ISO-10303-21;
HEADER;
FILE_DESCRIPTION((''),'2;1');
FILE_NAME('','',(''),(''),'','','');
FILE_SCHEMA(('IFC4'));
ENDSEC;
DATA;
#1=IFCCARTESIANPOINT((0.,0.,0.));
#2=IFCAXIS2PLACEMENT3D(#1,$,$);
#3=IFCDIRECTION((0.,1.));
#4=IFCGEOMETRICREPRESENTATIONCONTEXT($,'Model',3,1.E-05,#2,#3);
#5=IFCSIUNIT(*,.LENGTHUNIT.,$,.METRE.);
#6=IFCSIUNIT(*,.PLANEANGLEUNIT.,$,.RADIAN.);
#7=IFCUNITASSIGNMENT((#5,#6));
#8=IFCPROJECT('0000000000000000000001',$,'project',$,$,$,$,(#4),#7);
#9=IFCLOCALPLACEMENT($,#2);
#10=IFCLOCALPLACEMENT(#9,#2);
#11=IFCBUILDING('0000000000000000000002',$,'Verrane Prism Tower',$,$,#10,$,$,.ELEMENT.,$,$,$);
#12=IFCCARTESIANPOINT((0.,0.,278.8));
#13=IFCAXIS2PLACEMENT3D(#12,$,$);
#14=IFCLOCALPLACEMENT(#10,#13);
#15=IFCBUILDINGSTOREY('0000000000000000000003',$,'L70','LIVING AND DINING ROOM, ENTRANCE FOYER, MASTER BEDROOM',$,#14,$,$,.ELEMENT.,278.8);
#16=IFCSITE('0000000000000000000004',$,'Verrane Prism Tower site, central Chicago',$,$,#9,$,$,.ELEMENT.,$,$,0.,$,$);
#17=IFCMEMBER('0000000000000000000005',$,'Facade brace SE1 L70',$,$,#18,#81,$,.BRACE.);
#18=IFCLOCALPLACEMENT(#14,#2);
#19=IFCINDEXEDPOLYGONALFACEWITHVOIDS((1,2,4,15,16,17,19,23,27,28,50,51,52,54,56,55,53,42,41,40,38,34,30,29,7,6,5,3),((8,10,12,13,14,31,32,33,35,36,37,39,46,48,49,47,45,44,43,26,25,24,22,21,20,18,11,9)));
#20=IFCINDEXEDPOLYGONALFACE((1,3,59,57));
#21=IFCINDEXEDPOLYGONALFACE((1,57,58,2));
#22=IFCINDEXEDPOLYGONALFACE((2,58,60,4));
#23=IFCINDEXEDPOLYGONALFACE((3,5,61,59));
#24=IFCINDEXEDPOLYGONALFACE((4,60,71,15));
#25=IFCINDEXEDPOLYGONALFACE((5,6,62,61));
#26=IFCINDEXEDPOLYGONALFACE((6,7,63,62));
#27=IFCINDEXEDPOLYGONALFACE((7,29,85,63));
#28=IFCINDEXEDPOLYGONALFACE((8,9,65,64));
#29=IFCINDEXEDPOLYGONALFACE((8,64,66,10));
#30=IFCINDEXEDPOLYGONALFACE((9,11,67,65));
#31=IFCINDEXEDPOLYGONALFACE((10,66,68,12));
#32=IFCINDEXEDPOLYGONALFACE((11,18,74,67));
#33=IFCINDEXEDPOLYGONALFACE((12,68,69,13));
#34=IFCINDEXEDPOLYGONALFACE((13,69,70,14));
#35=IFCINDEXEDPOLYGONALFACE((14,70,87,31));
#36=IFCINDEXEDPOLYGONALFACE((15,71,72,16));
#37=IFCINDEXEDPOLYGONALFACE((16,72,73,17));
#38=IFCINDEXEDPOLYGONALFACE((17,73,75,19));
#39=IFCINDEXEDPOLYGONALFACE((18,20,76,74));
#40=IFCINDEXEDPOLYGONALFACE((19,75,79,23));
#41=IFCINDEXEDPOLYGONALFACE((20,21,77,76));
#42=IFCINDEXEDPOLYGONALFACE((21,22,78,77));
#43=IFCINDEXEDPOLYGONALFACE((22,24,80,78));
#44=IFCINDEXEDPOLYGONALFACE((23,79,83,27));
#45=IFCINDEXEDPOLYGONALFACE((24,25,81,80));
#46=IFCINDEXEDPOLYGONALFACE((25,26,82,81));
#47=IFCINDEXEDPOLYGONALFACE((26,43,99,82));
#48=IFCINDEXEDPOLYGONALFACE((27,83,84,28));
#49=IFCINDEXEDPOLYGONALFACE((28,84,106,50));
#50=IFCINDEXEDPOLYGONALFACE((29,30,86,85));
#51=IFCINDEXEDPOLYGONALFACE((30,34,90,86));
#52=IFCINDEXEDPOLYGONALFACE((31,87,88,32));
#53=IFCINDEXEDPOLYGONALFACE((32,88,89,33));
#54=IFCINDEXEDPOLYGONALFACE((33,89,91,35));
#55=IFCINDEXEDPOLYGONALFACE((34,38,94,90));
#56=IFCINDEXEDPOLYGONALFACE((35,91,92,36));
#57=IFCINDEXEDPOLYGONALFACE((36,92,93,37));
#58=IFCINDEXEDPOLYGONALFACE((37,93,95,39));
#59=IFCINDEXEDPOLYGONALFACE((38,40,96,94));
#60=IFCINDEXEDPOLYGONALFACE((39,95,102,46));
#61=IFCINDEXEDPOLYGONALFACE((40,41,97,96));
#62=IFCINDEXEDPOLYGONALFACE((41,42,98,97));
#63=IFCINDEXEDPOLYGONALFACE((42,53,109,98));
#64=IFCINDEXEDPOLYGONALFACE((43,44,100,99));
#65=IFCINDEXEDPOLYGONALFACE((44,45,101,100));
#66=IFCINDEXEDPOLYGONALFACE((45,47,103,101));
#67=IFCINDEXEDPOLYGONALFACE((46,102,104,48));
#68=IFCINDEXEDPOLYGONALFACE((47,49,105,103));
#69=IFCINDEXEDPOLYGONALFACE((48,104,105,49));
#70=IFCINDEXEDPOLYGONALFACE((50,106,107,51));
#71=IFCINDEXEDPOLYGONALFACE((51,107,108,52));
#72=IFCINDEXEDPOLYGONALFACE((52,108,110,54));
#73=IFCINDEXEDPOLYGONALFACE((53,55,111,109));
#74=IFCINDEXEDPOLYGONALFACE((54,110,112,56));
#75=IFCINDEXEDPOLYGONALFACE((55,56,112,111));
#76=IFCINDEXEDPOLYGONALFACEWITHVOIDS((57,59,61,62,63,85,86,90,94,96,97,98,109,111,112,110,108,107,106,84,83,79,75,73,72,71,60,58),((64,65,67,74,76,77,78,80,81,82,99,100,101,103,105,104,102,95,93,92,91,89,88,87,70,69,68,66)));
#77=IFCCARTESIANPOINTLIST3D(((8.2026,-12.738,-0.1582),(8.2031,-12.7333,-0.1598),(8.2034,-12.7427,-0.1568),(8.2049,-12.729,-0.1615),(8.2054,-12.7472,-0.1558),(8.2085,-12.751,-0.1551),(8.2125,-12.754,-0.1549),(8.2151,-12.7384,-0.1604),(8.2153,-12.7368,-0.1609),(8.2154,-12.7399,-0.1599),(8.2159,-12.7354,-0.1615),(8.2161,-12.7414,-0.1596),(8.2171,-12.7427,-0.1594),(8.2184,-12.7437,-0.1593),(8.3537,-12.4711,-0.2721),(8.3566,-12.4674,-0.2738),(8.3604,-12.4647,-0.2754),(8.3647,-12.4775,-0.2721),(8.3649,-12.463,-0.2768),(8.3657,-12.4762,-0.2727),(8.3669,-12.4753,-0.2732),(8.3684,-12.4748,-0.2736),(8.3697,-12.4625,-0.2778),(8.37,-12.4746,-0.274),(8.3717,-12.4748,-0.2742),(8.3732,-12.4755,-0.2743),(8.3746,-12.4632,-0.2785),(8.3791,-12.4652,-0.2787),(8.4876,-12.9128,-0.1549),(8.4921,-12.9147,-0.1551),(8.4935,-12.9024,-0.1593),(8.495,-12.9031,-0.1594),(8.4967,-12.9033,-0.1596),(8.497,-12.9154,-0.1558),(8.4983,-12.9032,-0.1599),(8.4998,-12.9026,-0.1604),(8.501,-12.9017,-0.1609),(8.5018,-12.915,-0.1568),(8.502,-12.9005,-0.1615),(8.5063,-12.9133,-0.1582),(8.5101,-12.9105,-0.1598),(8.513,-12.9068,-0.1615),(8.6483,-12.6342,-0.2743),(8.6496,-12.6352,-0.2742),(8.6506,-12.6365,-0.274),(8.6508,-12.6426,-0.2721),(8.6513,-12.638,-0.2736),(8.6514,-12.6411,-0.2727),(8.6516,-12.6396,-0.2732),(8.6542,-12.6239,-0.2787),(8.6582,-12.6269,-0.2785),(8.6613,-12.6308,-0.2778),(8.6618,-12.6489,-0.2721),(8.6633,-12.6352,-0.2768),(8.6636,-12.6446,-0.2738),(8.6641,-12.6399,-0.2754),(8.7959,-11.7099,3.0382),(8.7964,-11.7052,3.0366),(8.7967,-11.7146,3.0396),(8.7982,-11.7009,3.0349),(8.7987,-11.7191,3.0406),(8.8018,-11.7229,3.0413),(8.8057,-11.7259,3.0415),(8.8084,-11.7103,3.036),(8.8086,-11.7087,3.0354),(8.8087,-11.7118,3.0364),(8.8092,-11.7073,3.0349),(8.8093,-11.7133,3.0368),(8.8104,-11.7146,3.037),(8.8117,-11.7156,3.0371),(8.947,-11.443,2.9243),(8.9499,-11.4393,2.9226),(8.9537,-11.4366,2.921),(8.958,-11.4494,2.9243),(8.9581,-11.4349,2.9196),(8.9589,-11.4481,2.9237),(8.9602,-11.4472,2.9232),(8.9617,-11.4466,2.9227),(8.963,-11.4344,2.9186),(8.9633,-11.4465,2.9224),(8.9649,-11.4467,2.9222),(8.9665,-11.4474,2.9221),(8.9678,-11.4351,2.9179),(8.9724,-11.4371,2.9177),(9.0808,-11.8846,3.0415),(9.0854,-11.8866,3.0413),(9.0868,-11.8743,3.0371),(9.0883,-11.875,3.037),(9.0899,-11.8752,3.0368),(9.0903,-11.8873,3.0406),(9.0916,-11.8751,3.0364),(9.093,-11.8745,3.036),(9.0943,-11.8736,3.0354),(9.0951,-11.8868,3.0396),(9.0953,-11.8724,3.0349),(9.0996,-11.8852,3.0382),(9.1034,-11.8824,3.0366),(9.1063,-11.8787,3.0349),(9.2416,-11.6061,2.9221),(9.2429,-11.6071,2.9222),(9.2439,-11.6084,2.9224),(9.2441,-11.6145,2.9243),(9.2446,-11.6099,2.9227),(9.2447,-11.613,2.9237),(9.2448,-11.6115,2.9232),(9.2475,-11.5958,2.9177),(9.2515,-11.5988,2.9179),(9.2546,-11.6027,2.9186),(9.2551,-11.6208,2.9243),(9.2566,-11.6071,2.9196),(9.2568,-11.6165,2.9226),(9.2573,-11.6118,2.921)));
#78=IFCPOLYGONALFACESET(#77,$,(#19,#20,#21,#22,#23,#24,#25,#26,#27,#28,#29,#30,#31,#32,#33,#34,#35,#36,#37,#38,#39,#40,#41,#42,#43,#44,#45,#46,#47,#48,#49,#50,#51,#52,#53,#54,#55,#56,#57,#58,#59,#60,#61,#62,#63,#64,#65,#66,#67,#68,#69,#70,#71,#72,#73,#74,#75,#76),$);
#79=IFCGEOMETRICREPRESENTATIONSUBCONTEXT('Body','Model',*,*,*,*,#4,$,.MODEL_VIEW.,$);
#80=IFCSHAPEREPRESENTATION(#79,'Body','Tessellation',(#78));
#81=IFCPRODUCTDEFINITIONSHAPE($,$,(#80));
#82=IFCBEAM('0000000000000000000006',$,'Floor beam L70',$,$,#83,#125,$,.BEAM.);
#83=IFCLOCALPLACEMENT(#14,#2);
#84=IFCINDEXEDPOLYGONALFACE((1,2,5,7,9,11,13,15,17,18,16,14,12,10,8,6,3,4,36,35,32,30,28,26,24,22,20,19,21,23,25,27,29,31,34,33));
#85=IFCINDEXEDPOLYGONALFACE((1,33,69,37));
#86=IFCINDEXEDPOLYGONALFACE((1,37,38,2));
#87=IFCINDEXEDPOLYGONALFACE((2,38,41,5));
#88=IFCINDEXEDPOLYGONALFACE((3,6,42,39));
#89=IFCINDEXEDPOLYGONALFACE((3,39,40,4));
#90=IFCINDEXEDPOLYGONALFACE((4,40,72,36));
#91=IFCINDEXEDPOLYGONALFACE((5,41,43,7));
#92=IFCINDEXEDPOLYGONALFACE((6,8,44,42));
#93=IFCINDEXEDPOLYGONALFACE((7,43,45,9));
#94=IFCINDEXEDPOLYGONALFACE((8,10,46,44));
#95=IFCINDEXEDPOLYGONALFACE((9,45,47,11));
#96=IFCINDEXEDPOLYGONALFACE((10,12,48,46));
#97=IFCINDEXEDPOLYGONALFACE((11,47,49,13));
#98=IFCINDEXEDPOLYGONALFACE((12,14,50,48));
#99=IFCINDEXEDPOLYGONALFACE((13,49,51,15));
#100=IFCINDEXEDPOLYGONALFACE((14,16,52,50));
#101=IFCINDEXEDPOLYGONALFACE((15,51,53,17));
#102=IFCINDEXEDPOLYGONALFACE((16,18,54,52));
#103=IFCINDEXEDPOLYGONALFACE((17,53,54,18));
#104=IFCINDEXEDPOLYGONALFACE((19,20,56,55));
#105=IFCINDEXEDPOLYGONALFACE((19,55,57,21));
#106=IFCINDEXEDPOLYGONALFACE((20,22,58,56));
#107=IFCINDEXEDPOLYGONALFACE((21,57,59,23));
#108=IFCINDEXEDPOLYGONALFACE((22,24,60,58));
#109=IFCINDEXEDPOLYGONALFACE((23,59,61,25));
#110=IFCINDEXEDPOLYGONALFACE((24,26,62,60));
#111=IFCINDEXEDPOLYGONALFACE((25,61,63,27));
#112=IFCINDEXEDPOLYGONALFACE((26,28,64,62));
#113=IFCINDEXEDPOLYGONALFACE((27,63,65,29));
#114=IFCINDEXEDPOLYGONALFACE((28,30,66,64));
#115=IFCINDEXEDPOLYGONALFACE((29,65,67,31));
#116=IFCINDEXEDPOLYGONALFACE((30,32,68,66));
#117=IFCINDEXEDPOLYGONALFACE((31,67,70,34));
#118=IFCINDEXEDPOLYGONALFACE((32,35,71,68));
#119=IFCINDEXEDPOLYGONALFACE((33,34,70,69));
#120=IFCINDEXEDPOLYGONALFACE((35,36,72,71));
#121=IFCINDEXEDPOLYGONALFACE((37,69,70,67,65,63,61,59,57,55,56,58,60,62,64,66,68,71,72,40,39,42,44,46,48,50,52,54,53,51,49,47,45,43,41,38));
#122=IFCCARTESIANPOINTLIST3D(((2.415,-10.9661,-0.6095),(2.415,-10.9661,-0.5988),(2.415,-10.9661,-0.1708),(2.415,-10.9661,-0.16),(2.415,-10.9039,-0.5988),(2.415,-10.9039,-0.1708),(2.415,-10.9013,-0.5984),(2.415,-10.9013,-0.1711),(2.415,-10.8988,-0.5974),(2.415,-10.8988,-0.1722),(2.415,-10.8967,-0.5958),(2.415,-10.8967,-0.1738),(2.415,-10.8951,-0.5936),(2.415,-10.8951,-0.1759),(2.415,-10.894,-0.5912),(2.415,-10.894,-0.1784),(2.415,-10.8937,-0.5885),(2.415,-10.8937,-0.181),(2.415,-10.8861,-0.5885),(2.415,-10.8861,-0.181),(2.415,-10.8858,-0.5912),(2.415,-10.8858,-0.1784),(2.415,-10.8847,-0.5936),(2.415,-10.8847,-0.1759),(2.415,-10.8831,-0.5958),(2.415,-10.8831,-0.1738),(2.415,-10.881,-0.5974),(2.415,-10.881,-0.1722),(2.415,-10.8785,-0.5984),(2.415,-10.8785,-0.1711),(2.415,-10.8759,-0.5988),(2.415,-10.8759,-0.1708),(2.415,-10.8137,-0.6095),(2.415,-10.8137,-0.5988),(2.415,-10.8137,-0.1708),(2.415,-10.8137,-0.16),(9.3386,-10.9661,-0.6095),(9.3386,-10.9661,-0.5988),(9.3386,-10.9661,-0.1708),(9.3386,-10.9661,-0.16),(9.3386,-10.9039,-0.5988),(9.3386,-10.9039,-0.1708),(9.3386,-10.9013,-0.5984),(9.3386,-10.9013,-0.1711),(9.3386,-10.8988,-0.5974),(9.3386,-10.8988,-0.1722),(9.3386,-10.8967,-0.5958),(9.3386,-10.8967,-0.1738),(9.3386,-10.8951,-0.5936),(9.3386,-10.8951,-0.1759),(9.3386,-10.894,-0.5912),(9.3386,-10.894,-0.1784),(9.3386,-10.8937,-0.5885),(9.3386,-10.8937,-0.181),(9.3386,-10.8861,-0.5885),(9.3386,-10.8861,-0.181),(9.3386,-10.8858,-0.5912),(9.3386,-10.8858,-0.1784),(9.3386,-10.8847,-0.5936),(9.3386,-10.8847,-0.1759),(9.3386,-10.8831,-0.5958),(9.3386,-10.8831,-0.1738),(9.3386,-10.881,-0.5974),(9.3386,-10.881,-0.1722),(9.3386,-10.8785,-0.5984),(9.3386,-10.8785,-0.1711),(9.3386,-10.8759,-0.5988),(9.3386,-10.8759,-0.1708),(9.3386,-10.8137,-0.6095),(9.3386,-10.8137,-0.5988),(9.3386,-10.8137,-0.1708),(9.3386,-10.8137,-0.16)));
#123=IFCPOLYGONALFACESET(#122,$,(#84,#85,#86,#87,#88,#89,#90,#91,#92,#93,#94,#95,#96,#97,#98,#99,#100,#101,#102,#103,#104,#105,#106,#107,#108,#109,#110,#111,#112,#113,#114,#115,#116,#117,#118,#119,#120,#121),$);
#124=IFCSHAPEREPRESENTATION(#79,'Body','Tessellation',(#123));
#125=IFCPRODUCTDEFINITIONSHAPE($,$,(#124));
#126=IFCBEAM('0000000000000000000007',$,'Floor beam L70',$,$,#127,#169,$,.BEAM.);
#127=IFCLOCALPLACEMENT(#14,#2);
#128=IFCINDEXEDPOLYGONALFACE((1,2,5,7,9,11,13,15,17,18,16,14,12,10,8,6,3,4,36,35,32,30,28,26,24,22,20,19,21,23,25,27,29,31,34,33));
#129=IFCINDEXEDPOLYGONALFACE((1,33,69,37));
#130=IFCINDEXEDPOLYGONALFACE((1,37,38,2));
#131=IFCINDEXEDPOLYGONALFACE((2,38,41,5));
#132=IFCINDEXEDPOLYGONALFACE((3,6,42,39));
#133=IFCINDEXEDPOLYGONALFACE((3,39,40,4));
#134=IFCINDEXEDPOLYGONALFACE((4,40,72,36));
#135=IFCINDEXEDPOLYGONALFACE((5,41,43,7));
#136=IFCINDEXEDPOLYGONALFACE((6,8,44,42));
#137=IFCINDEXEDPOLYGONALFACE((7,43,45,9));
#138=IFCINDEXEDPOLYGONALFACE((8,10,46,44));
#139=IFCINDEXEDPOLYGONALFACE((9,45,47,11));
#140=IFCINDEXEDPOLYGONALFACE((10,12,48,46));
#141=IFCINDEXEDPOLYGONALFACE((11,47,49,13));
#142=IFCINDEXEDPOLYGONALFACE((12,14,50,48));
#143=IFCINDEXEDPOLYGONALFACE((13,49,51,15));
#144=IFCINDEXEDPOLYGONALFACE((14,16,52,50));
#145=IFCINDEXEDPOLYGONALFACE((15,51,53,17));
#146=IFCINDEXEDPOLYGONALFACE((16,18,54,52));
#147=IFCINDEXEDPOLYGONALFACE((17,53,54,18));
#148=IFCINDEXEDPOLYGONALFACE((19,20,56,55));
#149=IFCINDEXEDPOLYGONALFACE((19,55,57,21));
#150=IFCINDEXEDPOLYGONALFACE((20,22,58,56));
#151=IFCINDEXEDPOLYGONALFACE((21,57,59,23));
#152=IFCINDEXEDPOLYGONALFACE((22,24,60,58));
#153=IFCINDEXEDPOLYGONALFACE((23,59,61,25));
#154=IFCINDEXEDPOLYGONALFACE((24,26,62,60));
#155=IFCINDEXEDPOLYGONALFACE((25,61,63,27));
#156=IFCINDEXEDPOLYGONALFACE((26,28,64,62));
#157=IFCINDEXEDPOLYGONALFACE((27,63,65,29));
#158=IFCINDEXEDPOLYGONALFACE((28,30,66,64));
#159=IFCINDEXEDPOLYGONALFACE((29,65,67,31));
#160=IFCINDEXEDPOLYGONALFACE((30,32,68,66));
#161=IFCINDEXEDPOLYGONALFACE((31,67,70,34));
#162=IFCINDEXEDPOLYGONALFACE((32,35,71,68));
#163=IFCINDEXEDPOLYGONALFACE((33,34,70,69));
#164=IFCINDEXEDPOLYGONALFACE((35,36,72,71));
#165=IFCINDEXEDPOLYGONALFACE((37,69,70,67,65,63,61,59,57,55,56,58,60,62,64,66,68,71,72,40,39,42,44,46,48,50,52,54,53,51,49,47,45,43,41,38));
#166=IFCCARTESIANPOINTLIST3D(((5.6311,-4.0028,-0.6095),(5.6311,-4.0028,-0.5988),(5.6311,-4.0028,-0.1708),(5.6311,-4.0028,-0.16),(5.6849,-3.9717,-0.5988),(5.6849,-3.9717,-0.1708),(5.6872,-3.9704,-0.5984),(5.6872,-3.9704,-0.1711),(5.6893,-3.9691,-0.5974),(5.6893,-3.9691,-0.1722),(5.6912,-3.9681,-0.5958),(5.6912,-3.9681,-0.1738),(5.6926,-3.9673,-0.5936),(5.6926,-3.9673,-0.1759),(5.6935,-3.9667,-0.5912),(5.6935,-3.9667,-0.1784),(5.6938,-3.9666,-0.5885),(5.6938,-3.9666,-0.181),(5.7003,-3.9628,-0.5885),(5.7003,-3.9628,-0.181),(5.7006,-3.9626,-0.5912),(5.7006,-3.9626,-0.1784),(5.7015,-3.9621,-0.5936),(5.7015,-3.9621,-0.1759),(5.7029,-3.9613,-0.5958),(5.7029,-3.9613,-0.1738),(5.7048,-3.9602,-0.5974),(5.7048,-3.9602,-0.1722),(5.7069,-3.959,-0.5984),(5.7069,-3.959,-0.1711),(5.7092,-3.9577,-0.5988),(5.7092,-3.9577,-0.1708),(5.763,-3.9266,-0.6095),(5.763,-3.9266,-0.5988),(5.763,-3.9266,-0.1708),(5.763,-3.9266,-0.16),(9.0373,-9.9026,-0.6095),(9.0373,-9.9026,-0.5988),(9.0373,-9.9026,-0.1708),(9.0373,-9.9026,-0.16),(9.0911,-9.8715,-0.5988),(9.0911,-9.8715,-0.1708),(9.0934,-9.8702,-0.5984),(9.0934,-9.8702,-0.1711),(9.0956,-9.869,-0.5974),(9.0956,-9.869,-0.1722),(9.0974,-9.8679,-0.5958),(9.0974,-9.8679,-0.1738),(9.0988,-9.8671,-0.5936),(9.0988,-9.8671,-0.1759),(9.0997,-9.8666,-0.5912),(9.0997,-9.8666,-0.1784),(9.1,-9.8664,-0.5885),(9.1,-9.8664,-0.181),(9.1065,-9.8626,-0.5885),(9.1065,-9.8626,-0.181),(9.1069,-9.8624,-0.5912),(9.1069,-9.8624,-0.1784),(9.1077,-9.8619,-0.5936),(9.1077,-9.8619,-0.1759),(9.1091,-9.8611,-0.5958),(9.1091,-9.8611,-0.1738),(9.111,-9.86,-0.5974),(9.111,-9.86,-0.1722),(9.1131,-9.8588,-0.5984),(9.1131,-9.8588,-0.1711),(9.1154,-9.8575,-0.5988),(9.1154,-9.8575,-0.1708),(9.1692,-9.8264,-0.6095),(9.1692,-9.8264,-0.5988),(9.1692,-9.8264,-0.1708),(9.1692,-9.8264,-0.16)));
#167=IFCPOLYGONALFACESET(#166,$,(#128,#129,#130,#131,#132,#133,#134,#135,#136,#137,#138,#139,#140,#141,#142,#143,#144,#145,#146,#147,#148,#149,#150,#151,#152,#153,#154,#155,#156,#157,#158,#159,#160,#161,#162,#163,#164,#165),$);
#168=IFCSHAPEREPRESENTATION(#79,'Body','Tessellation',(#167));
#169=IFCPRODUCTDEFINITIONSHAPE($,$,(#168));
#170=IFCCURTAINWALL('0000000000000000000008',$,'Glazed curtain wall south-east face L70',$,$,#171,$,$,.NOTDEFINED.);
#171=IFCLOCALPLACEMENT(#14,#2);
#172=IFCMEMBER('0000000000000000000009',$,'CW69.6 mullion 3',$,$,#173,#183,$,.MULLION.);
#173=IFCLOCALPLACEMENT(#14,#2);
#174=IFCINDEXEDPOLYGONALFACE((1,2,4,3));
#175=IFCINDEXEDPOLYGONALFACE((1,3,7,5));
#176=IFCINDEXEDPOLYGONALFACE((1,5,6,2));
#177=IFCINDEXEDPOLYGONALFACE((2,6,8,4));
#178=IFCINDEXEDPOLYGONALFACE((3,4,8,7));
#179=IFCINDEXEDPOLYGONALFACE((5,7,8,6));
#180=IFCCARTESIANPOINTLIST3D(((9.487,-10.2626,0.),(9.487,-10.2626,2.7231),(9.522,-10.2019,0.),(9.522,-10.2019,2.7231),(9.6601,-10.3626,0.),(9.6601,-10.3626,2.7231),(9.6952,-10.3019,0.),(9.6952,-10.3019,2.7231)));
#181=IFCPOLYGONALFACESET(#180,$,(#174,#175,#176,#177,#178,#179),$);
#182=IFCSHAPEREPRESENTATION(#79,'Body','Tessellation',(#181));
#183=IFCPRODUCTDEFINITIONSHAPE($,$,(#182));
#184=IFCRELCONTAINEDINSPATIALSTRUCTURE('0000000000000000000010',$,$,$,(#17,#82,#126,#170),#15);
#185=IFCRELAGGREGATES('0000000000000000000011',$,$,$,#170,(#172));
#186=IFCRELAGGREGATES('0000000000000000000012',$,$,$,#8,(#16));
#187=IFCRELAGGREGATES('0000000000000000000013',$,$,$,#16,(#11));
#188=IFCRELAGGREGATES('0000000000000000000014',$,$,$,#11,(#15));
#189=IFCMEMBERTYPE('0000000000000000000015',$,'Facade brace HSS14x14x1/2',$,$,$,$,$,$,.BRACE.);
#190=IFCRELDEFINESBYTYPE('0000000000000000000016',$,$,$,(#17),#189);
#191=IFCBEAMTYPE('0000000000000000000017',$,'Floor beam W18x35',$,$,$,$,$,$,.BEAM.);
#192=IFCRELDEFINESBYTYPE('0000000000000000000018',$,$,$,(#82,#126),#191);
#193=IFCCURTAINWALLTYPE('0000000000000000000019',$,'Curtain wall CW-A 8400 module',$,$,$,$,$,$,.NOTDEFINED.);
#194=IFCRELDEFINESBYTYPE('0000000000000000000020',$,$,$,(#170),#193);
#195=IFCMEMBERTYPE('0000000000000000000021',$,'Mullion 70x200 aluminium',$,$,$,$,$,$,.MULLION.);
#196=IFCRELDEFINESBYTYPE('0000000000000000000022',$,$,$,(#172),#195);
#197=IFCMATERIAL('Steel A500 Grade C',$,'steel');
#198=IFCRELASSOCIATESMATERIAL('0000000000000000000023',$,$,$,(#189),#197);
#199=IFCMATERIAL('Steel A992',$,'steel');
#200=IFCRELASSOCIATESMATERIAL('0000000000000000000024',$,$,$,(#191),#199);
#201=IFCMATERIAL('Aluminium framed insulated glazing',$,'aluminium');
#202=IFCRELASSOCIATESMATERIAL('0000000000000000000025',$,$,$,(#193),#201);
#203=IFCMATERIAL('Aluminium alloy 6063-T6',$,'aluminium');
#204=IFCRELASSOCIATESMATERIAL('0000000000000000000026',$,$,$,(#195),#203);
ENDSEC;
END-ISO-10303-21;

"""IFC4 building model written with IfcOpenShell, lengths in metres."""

from ifc_helpers import new_model, si_unit, direction, frame, origin, origin_2d, place, context, subcontext, project, spatial, rectangle, hollow_rectangle, i_section, extrude, material, material_profile, profile_set, type_object, element, aggregate, save


model = new_model("IFC4")

# Units and contexts
model_context = context("Model", 3, precision=1e-05, world=origin(), true_north=direction((0.0, 1.0)))
body_context = subcontext(model_context, "Body", "Model", "MODEL_VIEW")
ifc_project = project(units=[si_unit("LENGTHUNIT", "METRE"), si_unit("PLANEANGLEUNIT", "RADIAN")], contexts=[model_context])

# Site, building, storey
site_placement = place(None, origin())
site = spatial("IfcSite", under=ifc_project, at=site_placement, Name="Verrane Prism Tower site, central Chicago", CompositionType="ELEMENT", RefElevation=0.0)
building_placement = place(site_placement, origin())
building = spatial("IfcBuilding", under=site, at=building_placement, Name="Verrane Prism Tower", CompositionType="ELEMENT")
storey_placement = place(building_placement, frame((0.0, 0.0, 278.8)))
storey = spatial("IfcBuildingStorey", under=building, at=storey_placement, Name="L70", Description="LIVING AND DINING ROOM, ENTRANCE FOYER, MASTER BEDROOM", CompositionType="ELEMENT", Elevation=278.8)

# Member
ifc_material_1 = material(Name="Steel A500 Grade C", Category="steel")
ifc_material_profile_1 = material_profile(ifc_material_1, hollow_rectangle(XDim=0.3557, YDim=0.3557, WallThickness=0.0127, InnerFilletRadius=0.0063, OuterFilletRadius=0.019, at=origin_2d()), Name="HSS14x14x1/2")
ifc_profile_set_1 = profile_set([ifc_material_profile_1], Name="Steel A500 Grade C")
member_type_1 = type_object("IfcMemberType", Name="Facade brace HSS14x14x1/2", PredefinedType="BRACE", material=ifc_profile_set_1)
member_1_placement = place(storey_placement, frame((8.4333, -12.689, -0.2168), z_axis=(0.173999, 0.301527, 0.937447), x_axis=(-0.866134, 0.499811, 0.0)))
element("IfcMember", 1, at=member_1_placement, inside=storey, type_object=member_type_1, Name="Facade brace SE1 L70", PredefinedType="BRACE", context=body_context, shape_type="SweptSolid", body=[
    extrude(hollow_rectangle(XDim=0.3557, YDim=0.3557, WallThickness=0.0127, InnerFilletRadius=0.0063, OuterFilletRadius=0.019, at=origin_2d()), origin(), (0.0, 0.0, 1.0), 3.4097),
])

# Beams
ifc_material_2 = material(Name="Steel A992", Category="steel")
ifc_material_profile_2 = material_profile(ifc_material_2, i_section(OverallWidth=0.1523, OverallDepth=0.4495, WebThickness=0.0076, FlangeThickness=0.0107, FilletRadius=0.0103, at=origin_2d()), Name="W18x35")
ifc_profile_set_2 = profile_set([ifc_material_profile_2], Name="Steel A992")
beam_type_1 = type_object("IfcBeamType", Name="Floor beam W18x35", PredefinedType="BEAM", material=ifc_profile_set_2)
beam_1_placement = place(storey_placement, frame((2.415, -10.8899, -0.3848), z_axis=(1.0, 0.0, 0.0), x_axis=(0.0, 1.0, 0.0)))
element("IfcBeam", 2, at=beam_1_placement, inside=storey, type_object=beam_type_1, Name="Floor beam L70", PredefinedType="BEAM", context=body_context, shape_type="SweptSolid", body=[
    extrude(i_section(OverallWidth=0.1523, OverallDepth=0.4495, WebThickness=0.0076, FlangeThickness=0.0107, FilletRadius=0.0103, at=origin_2d()), origin(), (0.0, 0.0, 1.0), 6.9236),
])
beam_2_placement = place(storey_placement, frame((9.1033, -9.8645, -0.3848), z_axis=(-0.499993, 0.866029, 0.0), x_axis=(-0.866029, -0.499993, 0.0)))
element("IfcBeam", 3, at=beam_2_placement, inside=storey, type_object=beam_type_1, Name="Floor beam L70", PredefinedType="BEAM", context=body_context, shape_type="SweptSolid", body=[
    extrude(i_section(OverallWidth=0.1523, OverallDepth=0.4495, WebThickness=0.0076, FlangeThickness=0.0107, FilletRadius=0.0103, at=origin_2d()), origin(), (0.0, 0.0, 1.0), 6.8125),
])

# Curtain wall, member
ifc_material_3 = material(Name="Aluminium framed insulated glazing", Category="aluminium")
curtain_wall_type = type_object("IfcCurtainWallType", Name="Curtain wall CW-A 8400 module", PredefinedType="NOTDEFINED", material=ifc_material_3)
curtain_wall_placement = place(storey_placement, origin())
curtain_wall = element("IfcCurtainWall", 4, at=curtain_wall_placement, inside=storey, type_object=curtain_wall_type, Name="Glazed curtain wall south-east face L70", PredefinedType="NOTDEFINED")
ifc_material_4 = material(Name="Aluminium alloy 6063-T6", Category="aluminium")
ifc_material_profile_3 = material_profile(ifc_material_4, rectangle(XDim=0.2, YDim=0.0701, at=origin_2d()), Name="Mullion 70x200 aluminium")
ifc_profile_set_3 = profile_set([ifc_material_profile_3], Name="Aluminium alloy 6063-T6")
member_type_2 = type_object("IfcMemberType", Name="Mullion 70x200 aluminium", PredefinedType="MULLION", material=ifc_profile_set_3)
member_2_placement = place(storey_placement, frame((9.5911, -10.2822, 0.0), z_axis=(0.0, 0.0, 1.0), x_axis=(-0.866025, 0.500001, 0.0)))
member_2 = element("IfcMember", 5, at=member_2_placement, type_object=member_type_2, Name="CW69.6 mullion 3", PredefinedType="MULLION", context=body_context, shape_type="SweptSolid", body=[
    extrude(rectangle(XDim=0.2, YDim=0.0701, at=origin_2d()), origin(), (0.0, 0.0, 1.0), 2.7231),
])

aggregate(curtain_wall, [member_2])

save(model, "model.ifc")
